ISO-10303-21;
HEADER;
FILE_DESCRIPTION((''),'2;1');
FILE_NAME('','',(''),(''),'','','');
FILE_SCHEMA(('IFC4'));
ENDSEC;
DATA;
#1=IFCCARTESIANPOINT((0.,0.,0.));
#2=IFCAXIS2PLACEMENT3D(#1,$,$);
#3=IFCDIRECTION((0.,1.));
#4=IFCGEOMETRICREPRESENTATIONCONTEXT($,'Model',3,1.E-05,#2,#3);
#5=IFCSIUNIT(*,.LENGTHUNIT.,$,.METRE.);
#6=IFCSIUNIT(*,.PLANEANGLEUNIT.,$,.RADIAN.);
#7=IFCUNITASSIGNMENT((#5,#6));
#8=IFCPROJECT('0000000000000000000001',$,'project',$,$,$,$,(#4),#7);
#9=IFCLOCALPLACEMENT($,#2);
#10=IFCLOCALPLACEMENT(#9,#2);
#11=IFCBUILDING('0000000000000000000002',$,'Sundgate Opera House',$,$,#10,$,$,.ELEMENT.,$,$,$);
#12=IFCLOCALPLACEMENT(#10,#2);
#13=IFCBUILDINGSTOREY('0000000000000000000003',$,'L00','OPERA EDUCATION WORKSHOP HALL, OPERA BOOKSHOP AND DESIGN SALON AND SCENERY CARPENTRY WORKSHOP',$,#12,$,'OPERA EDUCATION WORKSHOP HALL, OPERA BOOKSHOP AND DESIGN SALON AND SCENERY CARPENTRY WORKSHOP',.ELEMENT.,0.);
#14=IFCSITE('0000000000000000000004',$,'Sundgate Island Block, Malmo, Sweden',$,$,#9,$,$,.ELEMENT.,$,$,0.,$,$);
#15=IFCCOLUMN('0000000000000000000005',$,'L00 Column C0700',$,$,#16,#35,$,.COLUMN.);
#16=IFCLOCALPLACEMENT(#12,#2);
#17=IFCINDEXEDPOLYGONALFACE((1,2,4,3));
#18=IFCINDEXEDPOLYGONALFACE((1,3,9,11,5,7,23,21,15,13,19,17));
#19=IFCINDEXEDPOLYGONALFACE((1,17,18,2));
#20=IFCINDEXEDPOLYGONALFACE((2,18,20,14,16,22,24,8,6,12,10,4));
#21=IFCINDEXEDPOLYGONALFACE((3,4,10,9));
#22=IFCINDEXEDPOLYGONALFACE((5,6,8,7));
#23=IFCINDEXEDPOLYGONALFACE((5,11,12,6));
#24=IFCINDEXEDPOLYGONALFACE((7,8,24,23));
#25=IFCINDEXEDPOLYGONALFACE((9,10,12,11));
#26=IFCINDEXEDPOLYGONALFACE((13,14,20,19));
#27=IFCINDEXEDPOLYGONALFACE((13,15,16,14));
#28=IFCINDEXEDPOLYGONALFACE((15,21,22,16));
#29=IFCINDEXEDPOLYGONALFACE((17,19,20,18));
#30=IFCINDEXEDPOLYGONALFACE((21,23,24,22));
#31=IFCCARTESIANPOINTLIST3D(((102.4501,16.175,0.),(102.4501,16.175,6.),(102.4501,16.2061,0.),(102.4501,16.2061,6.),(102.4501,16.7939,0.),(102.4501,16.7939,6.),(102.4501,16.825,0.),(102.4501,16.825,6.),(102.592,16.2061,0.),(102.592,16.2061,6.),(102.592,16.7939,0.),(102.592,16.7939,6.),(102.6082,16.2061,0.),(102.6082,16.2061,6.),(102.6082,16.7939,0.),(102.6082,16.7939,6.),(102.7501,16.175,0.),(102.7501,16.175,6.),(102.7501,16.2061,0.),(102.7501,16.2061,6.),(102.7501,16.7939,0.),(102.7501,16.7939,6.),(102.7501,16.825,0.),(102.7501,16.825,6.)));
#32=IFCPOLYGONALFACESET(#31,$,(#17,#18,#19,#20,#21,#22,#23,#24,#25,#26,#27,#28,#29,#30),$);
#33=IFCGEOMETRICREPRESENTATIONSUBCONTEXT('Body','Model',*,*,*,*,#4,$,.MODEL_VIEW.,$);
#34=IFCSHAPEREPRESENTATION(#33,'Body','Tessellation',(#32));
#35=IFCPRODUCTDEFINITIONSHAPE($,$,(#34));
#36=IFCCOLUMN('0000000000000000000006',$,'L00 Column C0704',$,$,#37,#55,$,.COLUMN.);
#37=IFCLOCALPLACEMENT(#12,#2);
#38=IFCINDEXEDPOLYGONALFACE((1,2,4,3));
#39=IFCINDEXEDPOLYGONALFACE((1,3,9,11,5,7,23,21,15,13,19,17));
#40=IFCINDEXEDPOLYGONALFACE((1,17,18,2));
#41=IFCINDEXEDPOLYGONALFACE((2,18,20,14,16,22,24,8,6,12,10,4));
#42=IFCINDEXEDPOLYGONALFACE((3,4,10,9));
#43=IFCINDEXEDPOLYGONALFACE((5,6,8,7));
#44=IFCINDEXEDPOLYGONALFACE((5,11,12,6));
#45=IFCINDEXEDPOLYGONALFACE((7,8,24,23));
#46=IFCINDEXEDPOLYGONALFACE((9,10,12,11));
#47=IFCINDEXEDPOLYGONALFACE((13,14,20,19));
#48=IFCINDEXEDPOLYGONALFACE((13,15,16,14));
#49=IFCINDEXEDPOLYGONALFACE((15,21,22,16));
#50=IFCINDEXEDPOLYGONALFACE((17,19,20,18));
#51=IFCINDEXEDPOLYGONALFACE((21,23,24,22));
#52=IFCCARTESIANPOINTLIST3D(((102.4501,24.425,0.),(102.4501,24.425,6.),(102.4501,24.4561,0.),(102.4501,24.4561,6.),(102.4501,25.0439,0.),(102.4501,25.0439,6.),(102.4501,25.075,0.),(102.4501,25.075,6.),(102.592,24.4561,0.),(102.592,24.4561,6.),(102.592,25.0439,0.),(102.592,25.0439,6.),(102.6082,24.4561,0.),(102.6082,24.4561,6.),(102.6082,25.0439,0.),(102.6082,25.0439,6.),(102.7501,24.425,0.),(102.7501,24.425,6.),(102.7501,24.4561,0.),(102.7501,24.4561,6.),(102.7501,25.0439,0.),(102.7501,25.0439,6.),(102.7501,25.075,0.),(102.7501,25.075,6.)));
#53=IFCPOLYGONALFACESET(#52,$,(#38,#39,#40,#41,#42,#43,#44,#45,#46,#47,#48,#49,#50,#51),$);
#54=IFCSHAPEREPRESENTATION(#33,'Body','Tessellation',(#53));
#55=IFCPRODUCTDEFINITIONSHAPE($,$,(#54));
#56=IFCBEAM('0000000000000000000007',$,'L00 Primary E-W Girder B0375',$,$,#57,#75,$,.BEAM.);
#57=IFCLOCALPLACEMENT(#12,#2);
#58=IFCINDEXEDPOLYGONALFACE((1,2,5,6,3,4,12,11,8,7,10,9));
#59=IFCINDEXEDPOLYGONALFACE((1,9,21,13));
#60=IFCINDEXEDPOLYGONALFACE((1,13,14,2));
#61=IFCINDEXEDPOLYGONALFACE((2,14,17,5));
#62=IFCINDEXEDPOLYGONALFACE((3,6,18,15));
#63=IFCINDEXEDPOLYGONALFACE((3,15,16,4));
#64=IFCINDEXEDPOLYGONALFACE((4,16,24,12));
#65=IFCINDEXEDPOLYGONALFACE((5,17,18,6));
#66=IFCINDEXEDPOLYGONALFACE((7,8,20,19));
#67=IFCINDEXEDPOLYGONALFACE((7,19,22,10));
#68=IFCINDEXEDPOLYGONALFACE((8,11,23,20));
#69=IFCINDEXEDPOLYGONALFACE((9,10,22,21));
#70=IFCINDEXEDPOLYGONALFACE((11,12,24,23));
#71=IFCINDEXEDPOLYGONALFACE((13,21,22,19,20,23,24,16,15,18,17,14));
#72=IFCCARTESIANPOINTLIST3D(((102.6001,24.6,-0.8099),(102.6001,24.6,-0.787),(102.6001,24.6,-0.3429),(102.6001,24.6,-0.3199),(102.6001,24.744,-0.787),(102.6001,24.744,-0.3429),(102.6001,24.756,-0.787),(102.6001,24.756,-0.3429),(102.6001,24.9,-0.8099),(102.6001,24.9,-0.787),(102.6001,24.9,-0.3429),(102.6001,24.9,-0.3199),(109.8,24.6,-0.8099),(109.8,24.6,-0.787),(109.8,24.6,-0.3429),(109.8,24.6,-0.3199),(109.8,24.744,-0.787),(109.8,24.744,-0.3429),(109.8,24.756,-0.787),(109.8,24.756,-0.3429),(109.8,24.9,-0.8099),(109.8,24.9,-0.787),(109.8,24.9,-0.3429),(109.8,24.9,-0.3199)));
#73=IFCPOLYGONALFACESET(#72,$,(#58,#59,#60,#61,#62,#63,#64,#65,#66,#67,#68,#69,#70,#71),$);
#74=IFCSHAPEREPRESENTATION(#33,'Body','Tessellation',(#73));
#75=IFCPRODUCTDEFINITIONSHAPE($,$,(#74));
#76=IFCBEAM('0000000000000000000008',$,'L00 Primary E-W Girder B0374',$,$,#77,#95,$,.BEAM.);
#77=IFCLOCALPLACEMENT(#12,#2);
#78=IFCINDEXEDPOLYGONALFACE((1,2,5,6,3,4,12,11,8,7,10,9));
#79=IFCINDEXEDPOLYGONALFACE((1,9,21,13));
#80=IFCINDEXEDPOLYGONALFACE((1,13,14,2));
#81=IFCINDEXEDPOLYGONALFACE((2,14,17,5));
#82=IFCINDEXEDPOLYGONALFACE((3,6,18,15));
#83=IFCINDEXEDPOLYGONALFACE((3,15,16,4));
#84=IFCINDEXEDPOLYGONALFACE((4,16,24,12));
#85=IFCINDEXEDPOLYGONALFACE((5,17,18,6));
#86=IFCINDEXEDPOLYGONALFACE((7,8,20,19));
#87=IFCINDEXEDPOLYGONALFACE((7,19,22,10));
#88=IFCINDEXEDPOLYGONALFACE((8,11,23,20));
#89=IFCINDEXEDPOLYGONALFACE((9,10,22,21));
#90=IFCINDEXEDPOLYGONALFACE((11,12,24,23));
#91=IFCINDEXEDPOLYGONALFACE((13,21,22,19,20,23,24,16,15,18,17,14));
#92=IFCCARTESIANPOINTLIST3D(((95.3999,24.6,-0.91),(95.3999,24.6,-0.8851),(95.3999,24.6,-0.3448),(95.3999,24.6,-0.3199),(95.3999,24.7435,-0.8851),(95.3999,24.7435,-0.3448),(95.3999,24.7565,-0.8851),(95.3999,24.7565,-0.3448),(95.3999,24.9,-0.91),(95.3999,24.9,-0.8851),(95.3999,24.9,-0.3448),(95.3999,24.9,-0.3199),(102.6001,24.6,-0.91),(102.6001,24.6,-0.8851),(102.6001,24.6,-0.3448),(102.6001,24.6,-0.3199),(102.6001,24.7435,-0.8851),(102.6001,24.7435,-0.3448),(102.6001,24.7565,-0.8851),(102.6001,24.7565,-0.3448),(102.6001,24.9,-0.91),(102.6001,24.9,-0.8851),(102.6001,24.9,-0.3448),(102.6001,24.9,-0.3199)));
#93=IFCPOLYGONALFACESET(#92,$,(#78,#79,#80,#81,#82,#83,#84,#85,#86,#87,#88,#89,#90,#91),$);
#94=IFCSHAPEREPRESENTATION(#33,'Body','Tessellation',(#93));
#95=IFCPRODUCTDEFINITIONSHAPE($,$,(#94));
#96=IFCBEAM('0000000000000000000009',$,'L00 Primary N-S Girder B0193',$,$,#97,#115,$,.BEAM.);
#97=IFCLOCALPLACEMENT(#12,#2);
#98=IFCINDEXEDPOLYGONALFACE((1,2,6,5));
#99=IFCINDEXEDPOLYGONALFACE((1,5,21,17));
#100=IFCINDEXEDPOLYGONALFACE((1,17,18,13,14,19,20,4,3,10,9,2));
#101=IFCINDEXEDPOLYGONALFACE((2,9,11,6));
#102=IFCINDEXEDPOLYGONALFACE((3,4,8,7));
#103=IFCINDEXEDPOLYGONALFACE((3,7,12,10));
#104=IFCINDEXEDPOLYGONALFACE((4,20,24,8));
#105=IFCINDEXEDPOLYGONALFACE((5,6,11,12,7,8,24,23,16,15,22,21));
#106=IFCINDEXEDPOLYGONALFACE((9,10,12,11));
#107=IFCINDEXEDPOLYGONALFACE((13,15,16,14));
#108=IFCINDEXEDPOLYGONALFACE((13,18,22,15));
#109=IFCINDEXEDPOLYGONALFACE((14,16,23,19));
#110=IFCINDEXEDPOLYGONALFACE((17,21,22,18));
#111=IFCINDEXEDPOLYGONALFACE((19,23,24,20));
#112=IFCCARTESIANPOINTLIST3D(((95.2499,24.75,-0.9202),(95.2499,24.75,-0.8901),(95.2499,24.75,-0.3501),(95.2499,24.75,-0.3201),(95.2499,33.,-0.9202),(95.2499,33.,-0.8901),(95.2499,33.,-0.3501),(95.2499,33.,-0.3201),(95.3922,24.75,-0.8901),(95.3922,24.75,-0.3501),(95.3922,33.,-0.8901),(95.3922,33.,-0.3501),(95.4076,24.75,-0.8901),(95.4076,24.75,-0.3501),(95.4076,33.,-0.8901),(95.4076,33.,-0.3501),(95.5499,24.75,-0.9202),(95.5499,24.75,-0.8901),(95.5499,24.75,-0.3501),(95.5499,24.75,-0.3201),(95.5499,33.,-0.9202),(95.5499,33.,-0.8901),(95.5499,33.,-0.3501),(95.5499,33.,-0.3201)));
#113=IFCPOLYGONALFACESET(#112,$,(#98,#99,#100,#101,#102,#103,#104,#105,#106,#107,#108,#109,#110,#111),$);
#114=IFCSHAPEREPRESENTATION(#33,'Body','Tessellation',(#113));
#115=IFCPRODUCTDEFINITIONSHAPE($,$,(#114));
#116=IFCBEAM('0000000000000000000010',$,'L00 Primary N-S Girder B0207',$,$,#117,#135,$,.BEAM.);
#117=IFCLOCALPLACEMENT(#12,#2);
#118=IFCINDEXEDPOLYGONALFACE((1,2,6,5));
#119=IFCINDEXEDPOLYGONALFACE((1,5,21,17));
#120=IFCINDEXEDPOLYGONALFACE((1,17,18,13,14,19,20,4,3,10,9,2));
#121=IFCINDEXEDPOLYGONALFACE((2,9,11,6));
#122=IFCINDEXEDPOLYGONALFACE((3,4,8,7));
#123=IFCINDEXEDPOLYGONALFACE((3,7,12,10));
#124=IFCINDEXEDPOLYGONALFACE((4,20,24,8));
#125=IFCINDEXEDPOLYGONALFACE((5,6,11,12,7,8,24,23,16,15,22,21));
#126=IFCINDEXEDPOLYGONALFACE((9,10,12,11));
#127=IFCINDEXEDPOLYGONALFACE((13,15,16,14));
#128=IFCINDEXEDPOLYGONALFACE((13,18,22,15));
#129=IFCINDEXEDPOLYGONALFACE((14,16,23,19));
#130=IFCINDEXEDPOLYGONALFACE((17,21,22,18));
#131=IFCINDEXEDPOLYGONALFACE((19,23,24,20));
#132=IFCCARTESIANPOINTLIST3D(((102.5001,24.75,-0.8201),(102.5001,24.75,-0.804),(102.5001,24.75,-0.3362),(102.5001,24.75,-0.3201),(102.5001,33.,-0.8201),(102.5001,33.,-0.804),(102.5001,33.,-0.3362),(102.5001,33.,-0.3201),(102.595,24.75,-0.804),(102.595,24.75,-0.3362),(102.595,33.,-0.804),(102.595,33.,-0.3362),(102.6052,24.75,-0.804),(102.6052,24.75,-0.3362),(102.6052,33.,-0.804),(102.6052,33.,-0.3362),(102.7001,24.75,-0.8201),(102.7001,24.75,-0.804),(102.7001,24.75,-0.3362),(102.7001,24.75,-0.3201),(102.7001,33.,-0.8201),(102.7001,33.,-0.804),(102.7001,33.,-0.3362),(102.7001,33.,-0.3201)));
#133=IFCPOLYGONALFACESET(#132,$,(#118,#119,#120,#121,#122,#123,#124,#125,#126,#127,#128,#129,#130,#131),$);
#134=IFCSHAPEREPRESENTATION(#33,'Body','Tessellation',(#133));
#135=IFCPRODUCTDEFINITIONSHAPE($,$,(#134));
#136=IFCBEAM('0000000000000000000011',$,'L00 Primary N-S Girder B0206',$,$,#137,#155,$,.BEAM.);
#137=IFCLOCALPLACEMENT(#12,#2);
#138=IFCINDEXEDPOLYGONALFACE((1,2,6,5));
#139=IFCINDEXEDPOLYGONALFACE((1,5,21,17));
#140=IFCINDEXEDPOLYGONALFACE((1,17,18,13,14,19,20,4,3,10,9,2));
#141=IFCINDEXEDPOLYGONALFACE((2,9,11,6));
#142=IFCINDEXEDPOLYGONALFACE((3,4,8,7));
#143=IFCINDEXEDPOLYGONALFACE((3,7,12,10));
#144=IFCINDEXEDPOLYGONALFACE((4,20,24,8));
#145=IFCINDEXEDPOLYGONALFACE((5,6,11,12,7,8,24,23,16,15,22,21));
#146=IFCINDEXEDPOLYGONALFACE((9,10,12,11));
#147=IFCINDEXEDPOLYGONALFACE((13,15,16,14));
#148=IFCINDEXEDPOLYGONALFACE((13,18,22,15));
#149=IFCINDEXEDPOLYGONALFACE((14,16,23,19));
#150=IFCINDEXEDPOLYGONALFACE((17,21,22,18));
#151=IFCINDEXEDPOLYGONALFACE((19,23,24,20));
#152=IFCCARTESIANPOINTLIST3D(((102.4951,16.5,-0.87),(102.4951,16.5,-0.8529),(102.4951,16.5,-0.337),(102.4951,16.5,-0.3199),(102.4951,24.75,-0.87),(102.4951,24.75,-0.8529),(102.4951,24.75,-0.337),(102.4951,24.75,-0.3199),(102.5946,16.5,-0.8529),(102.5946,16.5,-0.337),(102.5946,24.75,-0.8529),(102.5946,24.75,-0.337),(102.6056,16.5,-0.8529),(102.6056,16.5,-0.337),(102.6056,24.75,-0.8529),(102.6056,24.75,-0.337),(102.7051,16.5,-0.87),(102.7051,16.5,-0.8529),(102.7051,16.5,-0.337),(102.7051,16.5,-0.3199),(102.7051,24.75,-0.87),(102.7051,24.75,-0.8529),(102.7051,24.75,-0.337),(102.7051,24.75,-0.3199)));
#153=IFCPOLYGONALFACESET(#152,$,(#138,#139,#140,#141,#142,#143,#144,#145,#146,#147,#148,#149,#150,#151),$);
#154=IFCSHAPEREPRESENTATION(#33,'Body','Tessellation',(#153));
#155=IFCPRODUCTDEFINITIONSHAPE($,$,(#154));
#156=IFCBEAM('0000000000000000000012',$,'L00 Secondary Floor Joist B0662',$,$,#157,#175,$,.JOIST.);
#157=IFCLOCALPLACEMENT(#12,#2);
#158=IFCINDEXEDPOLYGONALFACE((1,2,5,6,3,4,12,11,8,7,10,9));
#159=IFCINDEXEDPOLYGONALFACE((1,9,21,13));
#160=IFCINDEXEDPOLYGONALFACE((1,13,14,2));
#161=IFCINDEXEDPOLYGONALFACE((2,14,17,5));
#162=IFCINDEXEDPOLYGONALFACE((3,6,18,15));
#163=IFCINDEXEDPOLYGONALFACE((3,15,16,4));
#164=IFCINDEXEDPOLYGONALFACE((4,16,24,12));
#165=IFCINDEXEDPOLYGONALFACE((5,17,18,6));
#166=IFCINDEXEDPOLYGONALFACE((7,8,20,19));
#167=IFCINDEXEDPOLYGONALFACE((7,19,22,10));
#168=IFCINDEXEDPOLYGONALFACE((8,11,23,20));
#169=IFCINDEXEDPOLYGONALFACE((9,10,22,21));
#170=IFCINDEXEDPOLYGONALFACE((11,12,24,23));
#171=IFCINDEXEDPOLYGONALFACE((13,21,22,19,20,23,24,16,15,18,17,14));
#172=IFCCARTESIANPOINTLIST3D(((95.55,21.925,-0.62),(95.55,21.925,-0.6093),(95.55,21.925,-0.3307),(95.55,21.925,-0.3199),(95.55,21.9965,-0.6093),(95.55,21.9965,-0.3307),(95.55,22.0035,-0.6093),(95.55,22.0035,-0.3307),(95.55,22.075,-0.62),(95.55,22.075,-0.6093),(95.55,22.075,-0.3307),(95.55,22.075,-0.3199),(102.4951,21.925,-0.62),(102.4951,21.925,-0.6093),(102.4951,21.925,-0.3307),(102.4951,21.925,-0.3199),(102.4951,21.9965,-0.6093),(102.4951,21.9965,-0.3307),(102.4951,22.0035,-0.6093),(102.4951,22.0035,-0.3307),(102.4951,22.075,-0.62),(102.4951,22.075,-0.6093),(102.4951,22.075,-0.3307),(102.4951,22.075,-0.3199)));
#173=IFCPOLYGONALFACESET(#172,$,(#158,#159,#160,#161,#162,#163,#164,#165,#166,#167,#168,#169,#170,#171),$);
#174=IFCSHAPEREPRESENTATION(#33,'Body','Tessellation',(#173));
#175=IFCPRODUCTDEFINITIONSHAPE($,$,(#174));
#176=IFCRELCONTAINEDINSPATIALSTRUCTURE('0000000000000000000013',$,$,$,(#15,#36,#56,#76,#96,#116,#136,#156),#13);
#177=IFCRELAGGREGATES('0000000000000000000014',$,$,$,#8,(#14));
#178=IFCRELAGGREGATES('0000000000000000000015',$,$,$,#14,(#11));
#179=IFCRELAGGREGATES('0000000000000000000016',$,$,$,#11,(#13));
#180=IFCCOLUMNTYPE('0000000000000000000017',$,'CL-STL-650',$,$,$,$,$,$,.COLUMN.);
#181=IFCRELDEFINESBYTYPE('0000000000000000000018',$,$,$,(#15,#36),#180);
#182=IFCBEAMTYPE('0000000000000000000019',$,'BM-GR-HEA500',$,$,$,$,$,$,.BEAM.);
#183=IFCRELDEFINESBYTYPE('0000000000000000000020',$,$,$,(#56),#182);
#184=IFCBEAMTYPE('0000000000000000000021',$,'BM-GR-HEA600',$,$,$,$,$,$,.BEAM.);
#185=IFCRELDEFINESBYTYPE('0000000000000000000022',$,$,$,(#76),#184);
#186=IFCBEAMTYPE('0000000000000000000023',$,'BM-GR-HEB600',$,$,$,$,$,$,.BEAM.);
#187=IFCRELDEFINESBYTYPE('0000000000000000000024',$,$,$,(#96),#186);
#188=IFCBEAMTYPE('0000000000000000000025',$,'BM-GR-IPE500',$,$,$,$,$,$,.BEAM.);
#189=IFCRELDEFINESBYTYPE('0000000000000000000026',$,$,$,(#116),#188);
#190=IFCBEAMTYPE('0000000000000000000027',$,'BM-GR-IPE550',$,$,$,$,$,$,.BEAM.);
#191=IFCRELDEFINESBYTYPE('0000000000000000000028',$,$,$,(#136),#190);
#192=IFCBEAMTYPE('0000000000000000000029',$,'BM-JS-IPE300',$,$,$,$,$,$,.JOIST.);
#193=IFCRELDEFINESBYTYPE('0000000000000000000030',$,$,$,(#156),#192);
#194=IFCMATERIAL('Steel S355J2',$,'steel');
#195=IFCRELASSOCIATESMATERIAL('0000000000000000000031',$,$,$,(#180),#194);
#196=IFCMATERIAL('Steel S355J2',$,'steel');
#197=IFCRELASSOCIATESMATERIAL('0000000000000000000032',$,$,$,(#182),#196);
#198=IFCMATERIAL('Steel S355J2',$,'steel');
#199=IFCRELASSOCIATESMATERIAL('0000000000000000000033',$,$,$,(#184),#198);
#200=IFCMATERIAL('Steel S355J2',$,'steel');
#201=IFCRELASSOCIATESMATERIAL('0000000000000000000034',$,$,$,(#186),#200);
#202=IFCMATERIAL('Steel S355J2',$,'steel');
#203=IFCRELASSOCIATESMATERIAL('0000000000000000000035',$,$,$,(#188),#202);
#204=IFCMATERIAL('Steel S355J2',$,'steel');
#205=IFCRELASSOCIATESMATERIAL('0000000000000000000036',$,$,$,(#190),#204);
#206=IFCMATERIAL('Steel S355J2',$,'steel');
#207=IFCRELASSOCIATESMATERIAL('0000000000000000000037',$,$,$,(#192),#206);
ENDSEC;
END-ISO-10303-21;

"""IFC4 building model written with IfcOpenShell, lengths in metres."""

from ifc_helpers import new_model, si_unit, direction, frame, origin, origin_2d, place, context, subcontext, project, spatial, i_section, extrude, material, material_profile, profile_set, type_object, element, save


model = new_model("IFC4")

# Units and contexts
model_context = context("Model", 3, precision=1e-05, world=origin(), true_north=direction((0.0, 1.0)))
body_context = subcontext(model_context, "Body", "Model", "MODEL_VIEW")
ifc_project = project(units=[si_unit("LENGTHUNIT", "METRE"), si_unit("PLANEANGLEUNIT", "RADIAN")], contexts=[model_context])

# Site, building, storey
site_placement = place(None, origin())
site = spatial("IfcSite", under=ifc_project, at=site_placement, Name="Sundgate Island Block, Malmo, Sweden", CompositionType="ELEMENT", RefElevation=0.0)
building_placement = place(site_placement, origin())
building = spatial("IfcBuilding", under=site, at=building_placement, Name="Sundgate Opera House", CompositionType="ELEMENT")
storey_placement = place(building_placement, origin())
storey = spatial("IfcBuildingStorey", under=building, at=storey_placement, Name="L00", Description="OPERA EDUCATION WORKSHOP HALL, OPERA BOOKSHOP AND DESIGN SALON AND SCENERY CARPENTRY WORKSHOP", LongName="OPERA EDUCATION WORKSHOP HALL, OPERA BOOKSHOP AND DESIGN SALON AND SCENERY CARPENTRY WORKSHOP", CompositionType="ELEMENT", Elevation=0.0)

# Columns
ifc_material_1 = material(Name="Steel S355J2", Category="steel")
ifc_material_profile_1 = material_profile(ifc_material_1, i_section(OverallWidth=0.3, OverallDepth=0.6499, WebThickness=0.0161, FlangeThickness=0.031, at=origin_2d()), Name="HEB 650")
ifc_profile_set_1 = profile_set([ifc_material_profile_1], Name="Steel S355J2")
column_type = type_object("IfcColumnType", Name="CL-STL-650", PredefinedType="COLUMN", material=ifc_profile_set_1)
for number, where, z_axis, x_axis, name in (
    (1, (102.6001, 16.5, 0.0), (0.0, 0.0, 1.0), (1.0, 0.0, 0.0), "L00 Column C0700"),
    (2, (102.6001, 24.75, 0.0), (0.0, 0.0, 1.0), (1.0, 0.0, 0.0), "L00 Column C0704"),
):
    element("IfcColumn", number, at=place(storey_placement, frame(where, z_axis=z_axis, x_axis=x_axis)), inside=storey, type_object=column_type, Name=name, PredefinedType="COLUMN", context=body_context, shape_type="SweptSolid", body=[
        extrude(i_section(OverallWidth=0.3, OverallDepth=0.6499, WebThickness=0.0161, FlangeThickness=0.031, at=origin_2d()), origin(), (0.0, 0.0, 1.0), 6.0),
    ])

# Beams
ifc_material_2 = material(Name="Steel S355J2", Category="steel")
ifc_material_profile_2 = material_profile(ifc_material_2, i_section(OverallWidth=0.3, OverallDepth=0.49, WebThickness=0.012, FlangeThickness=0.0229, at=origin_2d()), Name="HEA 500")
ifc_profile_set_2 = profile_set([ifc_material_profile_2], Name="Steel S355J2")
beam_type_1 = type_object("IfcBeamType", Name="BM-GR-HEA500", PredefinedType="BEAM", material=ifc_profile_set_2)
beam_1_placement = place(storey_placement, frame((102.6001, 24.75, -0.5649), z_axis=(1.0, 0.0, 0.0), x_axis=(0.0, 1.0, 0.0)))
element("IfcBeam", 3, at=beam_1_placement, inside=storey, type_object=beam_type_1, Name="L00 Primary E-W Girder B0375", PredefinedType="BEAM", context=body_context, shape_type="SweptSolid", body=[
    extrude(i_section(OverallWidth=0.3, OverallDepth=0.49, WebThickness=0.012, FlangeThickness=0.0229, at=origin_2d()), origin(), (0.0, 0.0, 1.0), 7.2),
])
ifc_material_3 = material(Name="Steel S355J2", Category="steel")
ifc_material_profile_3 = material_profile(ifc_material_3, i_section(OverallWidth=0.3, OverallDepth=0.5901, WebThickness=0.0129, FlangeThickness=0.0249, at=origin_2d()), Name="HEA 600")
ifc_profile_set_3 = profile_set([ifc_material_profile_3], Name="Steel S355J2")
beam_type_2 = type_object("IfcBeamType", Name="BM-GR-HEA600", PredefinedType="BEAM", material=ifc_profile_set_3)
beam_2_placement = place(storey_placement, frame((95.3999, 24.75, -0.615), z_axis=(1.0, 0.0, 0.0), x_axis=(0.0, 1.0, 0.0)))
element("IfcBeam", 4, at=beam_2_placement, inside=storey, type_object=beam_type_2, Name="L00 Primary E-W Girder B0374", PredefinedType="BEAM", context=body_context, shape_type="SweptSolid", body=[
    extrude(i_section(OverallWidth=0.3, OverallDepth=0.5901, WebThickness=0.0129, FlangeThickness=0.0249, at=origin_2d()), origin(), (0.0, 0.0, 1.0), 7.2002),
])
ifc_material_4 = material(Name="Steel S355J2", Category="steel")
ifc_material_profile_4 = material_profile(ifc_material_4, i_section(OverallWidth=0.3, OverallDepth=0.6001, WebThickness=0.0154, FlangeThickness=0.03, at=origin_2d()), Name="HEB 600")
ifc_profile_set_4 = profile_set([ifc_material_profile_4], Name="Steel S355J2")
beam_type_3 = type_object("IfcBeamType", Name="BM-GR-HEB600", PredefinedType="BEAM", material=ifc_profile_set_4)
beam_3_placement = place(storey_placement, frame((95.3999, 24.75, -0.6201), z_axis=(0.0, 1.0, 0.0), x_axis=(-1.0, 0.0, 0.0)))
element("IfcBeam", 5, at=beam_3_placement, inside=storey, type_object=beam_type_3, Name="L00 Primary N-S Girder B0193", PredefinedType="BEAM", context=body_context, shape_type="SweptSolid", body=[
    extrude(i_section(OverallWidth=0.3, OverallDepth=0.6001, WebThickness=0.0154, FlangeThickness=0.03, at=origin_2d()), origin(), (0.0, 0.0, 1.0), 8.25),
])
ifc_material_5 = material(Name="Steel S355J2", Category="steel")
ifc_material_profile_5 = material_profile(ifc_material_5, i_section(OverallWidth=0.2, OverallDepth=0.5, WebThickness=0.0103, FlangeThickness=0.0161, at=origin_2d()), Name="IPE 500")
ifc_profile_set_5 = profile_set([ifc_material_profile_5], Name="Steel S355J2")
beam_type_4 = type_object("IfcBeamType", Name="BM-GR-IPE500", PredefinedType="BEAM", material=ifc_profile_set_5)
beam_4_placement = place(storey_placement, frame((102.6001, 24.75, -0.5701), z_axis=(0.0, 1.0, 0.0), x_axis=(-1.0, 0.0, 0.0)))
element("IfcBeam", 6, at=beam_4_placement, inside=storey, type_object=beam_type_4, Name="L00 Primary N-S Girder B0207", PredefinedType="BEAM", context=body_context, shape_type="SweptSolid", body=[
    extrude(i_section(OverallWidth=0.2, OverallDepth=0.5, WebThickness=0.0103, FlangeThickness=0.0161, at=origin_2d()), origin(), (0.0, 0.0, 1.0), 8.25),
])
ifc_material_6 = material(Name="Steel S355J2", Category="steel")
ifc_material_profile_6 = material_profile(ifc_material_6, i_section(OverallWidth=0.21, OverallDepth=0.55, WebThickness=0.011, FlangeThickness=0.0171, at=origin_2d()), Name="IPE 550")
ifc_profile_set_6 = profile_set([ifc_material_profile_6], Name="Steel S355J2")
beam_type_5 = type_object("IfcBeamType", Name="BM-GR-IPE550", PredefinedType="BEAM", material=ifc_profile_set_6)
beam_5_placement = place(storey_placement, frame((102.6001, 16.5, -0.595), z_axis=(0.0, 1.0, 0.0), x_axis=(-1.0, 0.0, 0.0)))
element("IfcBeam", 7, at=beam_5_placement, inside=storey, type_object=beam_type_5, Name="L00 Primary N-S Girder B0206", PredefinedType="BEAM", context=body_context, shape_type="SweptSolid", body=[
    extrude(i_section(OverallWidth=0.21, OverallDepth=0.55, WebThickness=0.011, FlangeThickness=0.0171, at=origin_2d()), origin(), (0.0, 0.0, 1.0), 8.25),
])
ifc_material_7 = material(Name="Steel S355J2", Category="steel")
ifc_material_profile_7 = material_profile(ifc_material_7, i_section(OverallWidth=0.1499, OverallDepth=0.3, WebThickness=0.0071, FlangeThickness=0.0107, at=origin_2d()), Name="IPE 300")
ifc_profile_set_7 = profile_set([ifc_material_profile_7], Name="Steel S355J2")
beam_type_6 = type_object("IfcBeamType", Name="BM-JS-IPE300", PredefinedType="JOIST", material=ifc_profile_set_7)
beam_6_placement = place(storey_placement, frame((95.55, 22.0, -0.47), z_axis=(1.0, 0.0, 0.0), x_axis=(0.0, 1.0, 0.0)))
element("IfcBeam", 8, at=beam_6_placement, inside=storey, type_object=beam_type_6, Name="L00 Secondary Floor Joist B0662", PredefinedType="JOIST", context=body_context, shape_type="SweptSolid", body=[
    extrude(i_section(OverallWidth=0.1499, OverallDepth=0.3, WebThickness=0.0071, FlangeThickness=0.0107, at=origin_2d()), origin(), (0.0, 0.0, 1.0), 6.9451),
])

save(model, "model.ifc")
